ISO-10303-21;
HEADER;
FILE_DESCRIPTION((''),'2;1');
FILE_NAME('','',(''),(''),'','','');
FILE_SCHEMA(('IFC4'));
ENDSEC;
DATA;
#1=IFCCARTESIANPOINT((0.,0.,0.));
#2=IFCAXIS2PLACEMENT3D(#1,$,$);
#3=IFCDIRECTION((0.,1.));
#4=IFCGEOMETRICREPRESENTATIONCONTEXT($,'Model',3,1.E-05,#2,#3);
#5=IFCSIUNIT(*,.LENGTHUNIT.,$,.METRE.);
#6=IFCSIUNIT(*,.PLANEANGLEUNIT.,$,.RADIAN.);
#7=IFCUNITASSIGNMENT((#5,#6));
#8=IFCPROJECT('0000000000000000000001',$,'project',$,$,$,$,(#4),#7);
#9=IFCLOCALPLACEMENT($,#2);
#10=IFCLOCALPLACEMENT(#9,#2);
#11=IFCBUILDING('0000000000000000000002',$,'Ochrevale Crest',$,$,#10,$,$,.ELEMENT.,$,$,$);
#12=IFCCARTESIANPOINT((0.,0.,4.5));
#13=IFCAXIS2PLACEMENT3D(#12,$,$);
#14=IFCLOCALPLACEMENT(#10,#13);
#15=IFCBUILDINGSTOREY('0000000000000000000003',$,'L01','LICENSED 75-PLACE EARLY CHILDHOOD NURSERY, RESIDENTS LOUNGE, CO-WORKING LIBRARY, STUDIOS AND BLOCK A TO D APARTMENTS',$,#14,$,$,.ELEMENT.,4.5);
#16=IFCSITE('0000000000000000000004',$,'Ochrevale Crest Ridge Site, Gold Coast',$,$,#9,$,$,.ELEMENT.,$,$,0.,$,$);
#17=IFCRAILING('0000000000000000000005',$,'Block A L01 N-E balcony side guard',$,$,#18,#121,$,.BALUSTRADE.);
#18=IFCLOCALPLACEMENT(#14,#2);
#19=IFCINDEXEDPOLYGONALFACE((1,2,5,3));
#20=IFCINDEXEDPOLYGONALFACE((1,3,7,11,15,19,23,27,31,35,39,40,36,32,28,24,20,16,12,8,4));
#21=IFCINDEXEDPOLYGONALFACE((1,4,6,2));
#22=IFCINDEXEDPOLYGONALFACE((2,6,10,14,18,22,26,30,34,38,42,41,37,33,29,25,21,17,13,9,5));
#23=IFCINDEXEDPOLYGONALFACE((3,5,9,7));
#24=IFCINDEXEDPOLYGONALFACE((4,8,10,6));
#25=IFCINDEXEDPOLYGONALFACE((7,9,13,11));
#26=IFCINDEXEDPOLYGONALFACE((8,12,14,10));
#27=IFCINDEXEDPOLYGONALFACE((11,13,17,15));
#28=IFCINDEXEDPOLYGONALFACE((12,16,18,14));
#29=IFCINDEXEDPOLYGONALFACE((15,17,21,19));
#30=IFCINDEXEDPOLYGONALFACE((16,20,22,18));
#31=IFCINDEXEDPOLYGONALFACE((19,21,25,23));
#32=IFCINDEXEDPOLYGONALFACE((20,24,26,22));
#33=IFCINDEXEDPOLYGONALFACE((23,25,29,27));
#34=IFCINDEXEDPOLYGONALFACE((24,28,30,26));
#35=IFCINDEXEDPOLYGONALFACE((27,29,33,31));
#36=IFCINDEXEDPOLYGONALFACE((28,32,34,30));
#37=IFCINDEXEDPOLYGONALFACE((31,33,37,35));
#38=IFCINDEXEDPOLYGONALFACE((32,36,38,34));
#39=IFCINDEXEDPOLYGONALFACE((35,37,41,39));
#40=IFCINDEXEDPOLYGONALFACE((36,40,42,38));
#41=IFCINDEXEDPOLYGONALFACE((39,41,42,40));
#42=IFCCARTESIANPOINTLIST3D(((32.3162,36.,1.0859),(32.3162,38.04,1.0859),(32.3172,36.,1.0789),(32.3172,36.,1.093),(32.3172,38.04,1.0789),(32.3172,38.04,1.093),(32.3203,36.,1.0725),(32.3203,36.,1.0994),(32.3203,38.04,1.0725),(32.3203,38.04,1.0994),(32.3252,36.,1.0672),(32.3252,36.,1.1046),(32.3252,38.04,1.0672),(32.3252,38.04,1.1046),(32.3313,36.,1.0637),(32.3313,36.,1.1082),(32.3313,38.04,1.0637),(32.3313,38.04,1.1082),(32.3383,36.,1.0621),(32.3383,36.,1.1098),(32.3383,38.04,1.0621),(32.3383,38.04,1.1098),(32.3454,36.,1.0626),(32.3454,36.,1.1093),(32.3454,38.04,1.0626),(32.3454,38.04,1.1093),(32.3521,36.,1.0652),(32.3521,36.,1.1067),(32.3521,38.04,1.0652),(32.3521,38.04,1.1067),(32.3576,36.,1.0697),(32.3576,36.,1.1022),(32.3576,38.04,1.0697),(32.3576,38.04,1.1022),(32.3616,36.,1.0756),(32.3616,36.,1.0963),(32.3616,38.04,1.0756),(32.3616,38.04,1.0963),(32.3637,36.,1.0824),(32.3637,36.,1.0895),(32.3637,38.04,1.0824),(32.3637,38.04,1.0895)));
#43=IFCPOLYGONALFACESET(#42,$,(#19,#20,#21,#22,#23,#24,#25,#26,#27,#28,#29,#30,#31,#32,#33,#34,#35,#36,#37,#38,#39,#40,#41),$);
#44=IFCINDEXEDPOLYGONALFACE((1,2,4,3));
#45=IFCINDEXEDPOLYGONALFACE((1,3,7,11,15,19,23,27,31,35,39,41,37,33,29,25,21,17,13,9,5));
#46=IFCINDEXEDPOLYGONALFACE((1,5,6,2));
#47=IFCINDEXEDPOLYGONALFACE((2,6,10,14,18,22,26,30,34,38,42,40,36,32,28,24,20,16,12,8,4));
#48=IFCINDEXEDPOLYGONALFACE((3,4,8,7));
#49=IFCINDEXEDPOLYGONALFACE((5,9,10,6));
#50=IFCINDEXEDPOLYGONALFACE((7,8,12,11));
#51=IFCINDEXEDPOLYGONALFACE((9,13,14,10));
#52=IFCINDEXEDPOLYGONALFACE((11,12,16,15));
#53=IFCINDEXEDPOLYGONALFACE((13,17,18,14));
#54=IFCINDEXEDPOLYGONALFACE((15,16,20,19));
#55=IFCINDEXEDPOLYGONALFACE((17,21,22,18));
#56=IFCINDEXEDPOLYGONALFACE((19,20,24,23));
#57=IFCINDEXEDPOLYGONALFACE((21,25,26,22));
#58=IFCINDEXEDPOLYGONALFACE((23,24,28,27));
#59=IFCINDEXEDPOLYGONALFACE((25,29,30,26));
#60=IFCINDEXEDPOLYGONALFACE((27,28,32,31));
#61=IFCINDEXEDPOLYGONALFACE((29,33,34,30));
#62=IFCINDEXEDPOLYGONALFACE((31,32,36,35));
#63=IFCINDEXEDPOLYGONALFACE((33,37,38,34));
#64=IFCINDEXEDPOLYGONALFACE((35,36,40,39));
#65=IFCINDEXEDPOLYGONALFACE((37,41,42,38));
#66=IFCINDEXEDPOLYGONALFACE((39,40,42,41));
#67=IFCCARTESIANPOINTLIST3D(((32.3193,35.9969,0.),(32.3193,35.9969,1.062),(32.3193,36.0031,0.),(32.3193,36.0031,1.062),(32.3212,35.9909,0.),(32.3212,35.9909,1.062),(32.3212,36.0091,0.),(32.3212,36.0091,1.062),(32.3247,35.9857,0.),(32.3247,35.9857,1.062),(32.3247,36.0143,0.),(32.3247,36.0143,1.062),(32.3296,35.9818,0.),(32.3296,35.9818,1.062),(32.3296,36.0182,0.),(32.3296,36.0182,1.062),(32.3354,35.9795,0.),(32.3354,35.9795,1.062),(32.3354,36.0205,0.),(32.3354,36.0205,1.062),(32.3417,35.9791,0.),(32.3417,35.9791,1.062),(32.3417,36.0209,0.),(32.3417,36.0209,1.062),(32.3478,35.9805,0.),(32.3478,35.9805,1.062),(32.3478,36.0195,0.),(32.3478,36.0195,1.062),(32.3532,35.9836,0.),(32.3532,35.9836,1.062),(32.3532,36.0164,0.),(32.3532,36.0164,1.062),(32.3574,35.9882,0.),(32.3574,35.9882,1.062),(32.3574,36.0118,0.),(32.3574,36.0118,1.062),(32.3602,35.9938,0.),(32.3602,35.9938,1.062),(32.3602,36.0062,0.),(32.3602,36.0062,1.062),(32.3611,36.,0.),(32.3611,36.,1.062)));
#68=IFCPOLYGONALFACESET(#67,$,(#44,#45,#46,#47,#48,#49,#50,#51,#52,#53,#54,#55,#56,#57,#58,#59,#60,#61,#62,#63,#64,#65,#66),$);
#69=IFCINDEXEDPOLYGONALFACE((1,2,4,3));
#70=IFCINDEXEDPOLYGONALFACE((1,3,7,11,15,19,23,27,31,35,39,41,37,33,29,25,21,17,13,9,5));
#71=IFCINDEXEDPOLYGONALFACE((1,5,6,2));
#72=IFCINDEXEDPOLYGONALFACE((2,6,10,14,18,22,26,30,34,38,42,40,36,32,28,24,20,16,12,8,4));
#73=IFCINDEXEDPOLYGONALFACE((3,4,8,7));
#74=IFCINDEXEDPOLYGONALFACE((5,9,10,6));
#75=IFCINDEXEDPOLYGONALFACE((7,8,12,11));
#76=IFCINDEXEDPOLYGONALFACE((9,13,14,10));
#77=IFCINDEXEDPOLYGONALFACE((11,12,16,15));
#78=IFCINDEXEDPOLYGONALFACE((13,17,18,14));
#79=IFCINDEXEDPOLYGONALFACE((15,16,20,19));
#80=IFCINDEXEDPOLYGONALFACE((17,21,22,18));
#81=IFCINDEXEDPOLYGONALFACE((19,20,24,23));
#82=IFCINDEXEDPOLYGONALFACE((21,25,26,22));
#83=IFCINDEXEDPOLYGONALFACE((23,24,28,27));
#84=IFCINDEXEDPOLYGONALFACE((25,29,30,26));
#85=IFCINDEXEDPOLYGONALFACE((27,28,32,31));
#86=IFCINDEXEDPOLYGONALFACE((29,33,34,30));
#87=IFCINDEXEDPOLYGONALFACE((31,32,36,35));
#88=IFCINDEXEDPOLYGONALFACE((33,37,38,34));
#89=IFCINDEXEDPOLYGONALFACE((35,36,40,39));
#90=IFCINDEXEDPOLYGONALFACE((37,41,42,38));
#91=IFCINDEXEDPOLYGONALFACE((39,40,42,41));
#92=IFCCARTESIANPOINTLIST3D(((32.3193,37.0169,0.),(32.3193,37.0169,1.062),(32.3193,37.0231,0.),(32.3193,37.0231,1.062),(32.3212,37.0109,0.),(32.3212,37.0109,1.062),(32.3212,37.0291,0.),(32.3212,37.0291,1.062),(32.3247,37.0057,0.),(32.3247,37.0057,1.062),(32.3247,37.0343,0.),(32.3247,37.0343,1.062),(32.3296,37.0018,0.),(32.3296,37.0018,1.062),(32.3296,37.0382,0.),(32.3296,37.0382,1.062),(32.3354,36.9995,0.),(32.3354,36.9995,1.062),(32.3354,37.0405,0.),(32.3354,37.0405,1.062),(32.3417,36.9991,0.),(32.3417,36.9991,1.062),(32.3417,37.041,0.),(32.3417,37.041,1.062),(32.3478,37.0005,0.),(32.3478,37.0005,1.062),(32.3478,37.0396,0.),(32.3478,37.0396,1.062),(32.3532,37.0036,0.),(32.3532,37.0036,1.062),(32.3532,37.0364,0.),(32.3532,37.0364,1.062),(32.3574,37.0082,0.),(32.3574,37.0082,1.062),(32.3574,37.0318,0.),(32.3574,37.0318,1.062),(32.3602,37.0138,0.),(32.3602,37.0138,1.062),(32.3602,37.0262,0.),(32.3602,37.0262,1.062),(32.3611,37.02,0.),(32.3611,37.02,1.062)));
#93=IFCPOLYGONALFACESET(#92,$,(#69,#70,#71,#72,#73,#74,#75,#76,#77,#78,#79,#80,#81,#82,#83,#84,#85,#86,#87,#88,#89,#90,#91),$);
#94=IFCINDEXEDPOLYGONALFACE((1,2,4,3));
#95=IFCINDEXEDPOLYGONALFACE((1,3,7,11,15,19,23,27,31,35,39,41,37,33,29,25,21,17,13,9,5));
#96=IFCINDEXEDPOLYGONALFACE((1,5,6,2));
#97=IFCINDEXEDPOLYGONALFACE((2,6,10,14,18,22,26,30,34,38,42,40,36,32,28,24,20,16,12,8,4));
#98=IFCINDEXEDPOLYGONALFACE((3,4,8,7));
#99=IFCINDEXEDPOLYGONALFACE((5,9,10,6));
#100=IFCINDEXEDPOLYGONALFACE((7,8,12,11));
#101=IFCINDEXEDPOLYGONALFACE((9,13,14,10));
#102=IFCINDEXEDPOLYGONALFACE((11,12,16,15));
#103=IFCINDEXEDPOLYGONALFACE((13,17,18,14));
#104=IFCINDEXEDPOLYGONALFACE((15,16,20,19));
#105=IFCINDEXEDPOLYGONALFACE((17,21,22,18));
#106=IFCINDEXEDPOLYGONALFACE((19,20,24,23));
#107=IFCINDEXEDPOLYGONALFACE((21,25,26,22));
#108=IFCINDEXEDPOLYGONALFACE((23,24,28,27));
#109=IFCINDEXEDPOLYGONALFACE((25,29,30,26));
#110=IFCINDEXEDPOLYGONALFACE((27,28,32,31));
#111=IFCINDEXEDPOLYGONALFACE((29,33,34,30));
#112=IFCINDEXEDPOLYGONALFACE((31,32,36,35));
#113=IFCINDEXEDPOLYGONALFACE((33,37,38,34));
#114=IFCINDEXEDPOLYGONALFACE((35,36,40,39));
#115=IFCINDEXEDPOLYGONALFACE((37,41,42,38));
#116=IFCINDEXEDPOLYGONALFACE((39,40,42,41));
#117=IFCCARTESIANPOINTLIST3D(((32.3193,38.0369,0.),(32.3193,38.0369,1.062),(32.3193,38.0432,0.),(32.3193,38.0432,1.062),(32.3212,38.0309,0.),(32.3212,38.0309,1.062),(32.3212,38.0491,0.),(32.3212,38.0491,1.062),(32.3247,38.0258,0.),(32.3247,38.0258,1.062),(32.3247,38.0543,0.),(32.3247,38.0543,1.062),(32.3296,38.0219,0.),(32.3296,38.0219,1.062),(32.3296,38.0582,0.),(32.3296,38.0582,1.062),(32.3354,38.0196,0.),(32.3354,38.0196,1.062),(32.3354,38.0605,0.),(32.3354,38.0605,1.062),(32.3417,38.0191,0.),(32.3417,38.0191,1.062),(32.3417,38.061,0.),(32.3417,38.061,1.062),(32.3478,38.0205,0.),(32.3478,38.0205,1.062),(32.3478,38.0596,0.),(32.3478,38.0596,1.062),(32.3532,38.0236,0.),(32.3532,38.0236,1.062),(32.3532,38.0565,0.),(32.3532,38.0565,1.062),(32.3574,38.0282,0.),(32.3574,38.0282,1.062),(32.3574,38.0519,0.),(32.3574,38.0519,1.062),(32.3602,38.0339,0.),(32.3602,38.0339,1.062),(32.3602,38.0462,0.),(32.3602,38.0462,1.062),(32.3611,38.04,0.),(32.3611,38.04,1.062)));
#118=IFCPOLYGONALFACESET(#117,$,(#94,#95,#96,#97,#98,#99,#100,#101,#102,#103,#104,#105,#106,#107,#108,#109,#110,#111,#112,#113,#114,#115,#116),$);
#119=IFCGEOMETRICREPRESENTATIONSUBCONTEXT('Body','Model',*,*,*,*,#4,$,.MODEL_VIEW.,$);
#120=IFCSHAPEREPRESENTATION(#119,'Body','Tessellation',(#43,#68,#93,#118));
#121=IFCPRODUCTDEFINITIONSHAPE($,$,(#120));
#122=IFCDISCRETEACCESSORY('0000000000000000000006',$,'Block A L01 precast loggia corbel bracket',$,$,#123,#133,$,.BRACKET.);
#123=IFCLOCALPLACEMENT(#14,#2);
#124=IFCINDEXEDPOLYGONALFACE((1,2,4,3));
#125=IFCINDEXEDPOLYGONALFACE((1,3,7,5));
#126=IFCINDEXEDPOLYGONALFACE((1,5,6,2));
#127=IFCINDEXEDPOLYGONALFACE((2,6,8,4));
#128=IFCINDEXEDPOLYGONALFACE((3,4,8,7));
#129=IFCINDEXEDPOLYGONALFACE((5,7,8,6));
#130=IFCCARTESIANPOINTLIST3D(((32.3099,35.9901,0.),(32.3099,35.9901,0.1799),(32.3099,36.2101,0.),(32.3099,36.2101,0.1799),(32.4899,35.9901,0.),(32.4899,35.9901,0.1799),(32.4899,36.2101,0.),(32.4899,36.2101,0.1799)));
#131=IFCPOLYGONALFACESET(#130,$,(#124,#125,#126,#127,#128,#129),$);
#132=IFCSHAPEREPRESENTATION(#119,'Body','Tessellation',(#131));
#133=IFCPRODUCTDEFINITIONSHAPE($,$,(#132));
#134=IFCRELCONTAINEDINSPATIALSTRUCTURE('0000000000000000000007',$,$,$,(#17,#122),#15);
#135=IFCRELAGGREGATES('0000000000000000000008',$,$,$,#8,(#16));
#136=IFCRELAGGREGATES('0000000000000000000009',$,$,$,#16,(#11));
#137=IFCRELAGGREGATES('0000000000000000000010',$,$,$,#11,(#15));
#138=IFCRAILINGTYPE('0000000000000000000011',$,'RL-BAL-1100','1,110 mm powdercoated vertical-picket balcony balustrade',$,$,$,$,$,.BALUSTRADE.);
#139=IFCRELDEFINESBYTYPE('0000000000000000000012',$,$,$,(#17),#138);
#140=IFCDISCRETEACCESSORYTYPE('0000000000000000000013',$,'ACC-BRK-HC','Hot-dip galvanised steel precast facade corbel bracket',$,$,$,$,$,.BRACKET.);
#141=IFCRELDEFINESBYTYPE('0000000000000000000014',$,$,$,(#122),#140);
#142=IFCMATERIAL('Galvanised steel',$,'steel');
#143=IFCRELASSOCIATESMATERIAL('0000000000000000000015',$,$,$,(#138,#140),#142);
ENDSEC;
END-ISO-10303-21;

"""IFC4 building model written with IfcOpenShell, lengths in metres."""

from ifc_helpers import new_model, si_unit, direction, frame, origin, origin_2d, place, context, subcontext, project, spatial, rectangle, circle, extrude, material, type_object, element, save


model = new_model("IFC4")

# Units and contexts
model_context = context("Model", 3, precision=1e-05, world=origin(), true_north=direction((0.0, 1.0)))
body_context = subcontext(model_context, "Body", "Model", "MODEL_VIEW")
ifc_project = project(units=[si_unit("LENGTHUNIT", "METRE"), si_unit("PLANEANGLEUNIT", "RADIAN")], contexts=[model_context])

# Site, building, storey
site_placement = place(None, origin())
site = spatial("IfcSite", under=ifc_project, at=site_placement, Name="Ochrevale Crest Ridge Site, Gold Coast", CompositionType="ELEMENT", RefElevation=0.0)
building_placement = place(site_placement, origin())
building = spatial("IfcBuilding", under=site, at=building_placement, Name="Ochrevale Crest", CompositionType="ELEMENT")
storey_placement = place(building_placement, frame((0.0, 0.0, 4.5)))
storey = spatial("IfcBuildingStorey", under=building, at=storey_placement, Name="L01", Description="LICENSED 75-PLACE EARLY CHILDHOOD NURSERY, RESIDENTS LOUNGE, CO-WORKING LIBRARY, STUDIOS AND BLOCK A TO D APARTMENTS", CompositionType="ELEMENT", Elevation=4.5)

# Railing
ifc_material_1 = material(Name="Galvanised steel", Category="steel")
railing_type = type_object("IfcRailingType", Name="RL-BAL-1100", Description="1,110 mm powdercoated vertical-picket balcony balustrade", PredefinedType="BALUSTRADE", material=ifc_material_1)
railing_placement = place(storey_placement, frame((32.3401, 36.0, 0.0)))
element("IfcRailing", 1, at=railing_placement, inside=storey, type_object=railing_type, Name="Block A L01 N-E balcony side guard", PredefinedType="BALUSTRADE", context=body_context, shape_type="SweptSolid", body=[
    extrude(circle(Radius=0.0239, at=origin_2d()), frame((0.0, 0.0, 1.0859), z_axis=(0.0, 1.0, 0.0), x_axis=(-1.0, 0.0, 0.0)), (0.0, 0.0, 1.0), 2.04),
    extrude(circle(Radius=0.021, at=origin_2d()), origin(), (0.0, 0.0, 1.0), 1.062),
    extrude(circle(Radius=0.021, at=origin_2d()), frame((0.0, 1.02, 0.0)), (0.0, 0.0, 1.0), 1.062),
    extrude(circle(Radius=0.021, at=origin_2d()), frame((0.0, 2.04, 0.0)), (0.0, 0.0, 1.0), 1.062),
])

# Discrete accessory
discrete_accessory_type = type_object("IfcDiscreteAccessoryType", Name="ACC-BRK-HC", Description="Hot-dip galvanised steel precast facade corbel bracket", PredefinedType="BRACKET", material=ifc_material_1)
discrete_accessory_placement = place(storey_placement, frame((32.3999, 36.1001, 0.0), z_axis=(0.0, 0.0, 1.0), x_axis=(1.0, 0.0, 0.0)))
element("IfcDiscreteAccessory", 2, at=discrete_accessory_placement, inside=storey, type_object=discrete_accessory_type, Name="Block A L01 precast loggia corbel bracket", PredefinedType="BRACKET", context=body_context, shape_type="SweptSolid", body=[
    extrude(rectangle(XDim=0.1799, YDim=0.22, at=origin_2d()), origin(), (0.0, 0.0, 1.0), 0.1799),
])

save(model, "model.ifc")
